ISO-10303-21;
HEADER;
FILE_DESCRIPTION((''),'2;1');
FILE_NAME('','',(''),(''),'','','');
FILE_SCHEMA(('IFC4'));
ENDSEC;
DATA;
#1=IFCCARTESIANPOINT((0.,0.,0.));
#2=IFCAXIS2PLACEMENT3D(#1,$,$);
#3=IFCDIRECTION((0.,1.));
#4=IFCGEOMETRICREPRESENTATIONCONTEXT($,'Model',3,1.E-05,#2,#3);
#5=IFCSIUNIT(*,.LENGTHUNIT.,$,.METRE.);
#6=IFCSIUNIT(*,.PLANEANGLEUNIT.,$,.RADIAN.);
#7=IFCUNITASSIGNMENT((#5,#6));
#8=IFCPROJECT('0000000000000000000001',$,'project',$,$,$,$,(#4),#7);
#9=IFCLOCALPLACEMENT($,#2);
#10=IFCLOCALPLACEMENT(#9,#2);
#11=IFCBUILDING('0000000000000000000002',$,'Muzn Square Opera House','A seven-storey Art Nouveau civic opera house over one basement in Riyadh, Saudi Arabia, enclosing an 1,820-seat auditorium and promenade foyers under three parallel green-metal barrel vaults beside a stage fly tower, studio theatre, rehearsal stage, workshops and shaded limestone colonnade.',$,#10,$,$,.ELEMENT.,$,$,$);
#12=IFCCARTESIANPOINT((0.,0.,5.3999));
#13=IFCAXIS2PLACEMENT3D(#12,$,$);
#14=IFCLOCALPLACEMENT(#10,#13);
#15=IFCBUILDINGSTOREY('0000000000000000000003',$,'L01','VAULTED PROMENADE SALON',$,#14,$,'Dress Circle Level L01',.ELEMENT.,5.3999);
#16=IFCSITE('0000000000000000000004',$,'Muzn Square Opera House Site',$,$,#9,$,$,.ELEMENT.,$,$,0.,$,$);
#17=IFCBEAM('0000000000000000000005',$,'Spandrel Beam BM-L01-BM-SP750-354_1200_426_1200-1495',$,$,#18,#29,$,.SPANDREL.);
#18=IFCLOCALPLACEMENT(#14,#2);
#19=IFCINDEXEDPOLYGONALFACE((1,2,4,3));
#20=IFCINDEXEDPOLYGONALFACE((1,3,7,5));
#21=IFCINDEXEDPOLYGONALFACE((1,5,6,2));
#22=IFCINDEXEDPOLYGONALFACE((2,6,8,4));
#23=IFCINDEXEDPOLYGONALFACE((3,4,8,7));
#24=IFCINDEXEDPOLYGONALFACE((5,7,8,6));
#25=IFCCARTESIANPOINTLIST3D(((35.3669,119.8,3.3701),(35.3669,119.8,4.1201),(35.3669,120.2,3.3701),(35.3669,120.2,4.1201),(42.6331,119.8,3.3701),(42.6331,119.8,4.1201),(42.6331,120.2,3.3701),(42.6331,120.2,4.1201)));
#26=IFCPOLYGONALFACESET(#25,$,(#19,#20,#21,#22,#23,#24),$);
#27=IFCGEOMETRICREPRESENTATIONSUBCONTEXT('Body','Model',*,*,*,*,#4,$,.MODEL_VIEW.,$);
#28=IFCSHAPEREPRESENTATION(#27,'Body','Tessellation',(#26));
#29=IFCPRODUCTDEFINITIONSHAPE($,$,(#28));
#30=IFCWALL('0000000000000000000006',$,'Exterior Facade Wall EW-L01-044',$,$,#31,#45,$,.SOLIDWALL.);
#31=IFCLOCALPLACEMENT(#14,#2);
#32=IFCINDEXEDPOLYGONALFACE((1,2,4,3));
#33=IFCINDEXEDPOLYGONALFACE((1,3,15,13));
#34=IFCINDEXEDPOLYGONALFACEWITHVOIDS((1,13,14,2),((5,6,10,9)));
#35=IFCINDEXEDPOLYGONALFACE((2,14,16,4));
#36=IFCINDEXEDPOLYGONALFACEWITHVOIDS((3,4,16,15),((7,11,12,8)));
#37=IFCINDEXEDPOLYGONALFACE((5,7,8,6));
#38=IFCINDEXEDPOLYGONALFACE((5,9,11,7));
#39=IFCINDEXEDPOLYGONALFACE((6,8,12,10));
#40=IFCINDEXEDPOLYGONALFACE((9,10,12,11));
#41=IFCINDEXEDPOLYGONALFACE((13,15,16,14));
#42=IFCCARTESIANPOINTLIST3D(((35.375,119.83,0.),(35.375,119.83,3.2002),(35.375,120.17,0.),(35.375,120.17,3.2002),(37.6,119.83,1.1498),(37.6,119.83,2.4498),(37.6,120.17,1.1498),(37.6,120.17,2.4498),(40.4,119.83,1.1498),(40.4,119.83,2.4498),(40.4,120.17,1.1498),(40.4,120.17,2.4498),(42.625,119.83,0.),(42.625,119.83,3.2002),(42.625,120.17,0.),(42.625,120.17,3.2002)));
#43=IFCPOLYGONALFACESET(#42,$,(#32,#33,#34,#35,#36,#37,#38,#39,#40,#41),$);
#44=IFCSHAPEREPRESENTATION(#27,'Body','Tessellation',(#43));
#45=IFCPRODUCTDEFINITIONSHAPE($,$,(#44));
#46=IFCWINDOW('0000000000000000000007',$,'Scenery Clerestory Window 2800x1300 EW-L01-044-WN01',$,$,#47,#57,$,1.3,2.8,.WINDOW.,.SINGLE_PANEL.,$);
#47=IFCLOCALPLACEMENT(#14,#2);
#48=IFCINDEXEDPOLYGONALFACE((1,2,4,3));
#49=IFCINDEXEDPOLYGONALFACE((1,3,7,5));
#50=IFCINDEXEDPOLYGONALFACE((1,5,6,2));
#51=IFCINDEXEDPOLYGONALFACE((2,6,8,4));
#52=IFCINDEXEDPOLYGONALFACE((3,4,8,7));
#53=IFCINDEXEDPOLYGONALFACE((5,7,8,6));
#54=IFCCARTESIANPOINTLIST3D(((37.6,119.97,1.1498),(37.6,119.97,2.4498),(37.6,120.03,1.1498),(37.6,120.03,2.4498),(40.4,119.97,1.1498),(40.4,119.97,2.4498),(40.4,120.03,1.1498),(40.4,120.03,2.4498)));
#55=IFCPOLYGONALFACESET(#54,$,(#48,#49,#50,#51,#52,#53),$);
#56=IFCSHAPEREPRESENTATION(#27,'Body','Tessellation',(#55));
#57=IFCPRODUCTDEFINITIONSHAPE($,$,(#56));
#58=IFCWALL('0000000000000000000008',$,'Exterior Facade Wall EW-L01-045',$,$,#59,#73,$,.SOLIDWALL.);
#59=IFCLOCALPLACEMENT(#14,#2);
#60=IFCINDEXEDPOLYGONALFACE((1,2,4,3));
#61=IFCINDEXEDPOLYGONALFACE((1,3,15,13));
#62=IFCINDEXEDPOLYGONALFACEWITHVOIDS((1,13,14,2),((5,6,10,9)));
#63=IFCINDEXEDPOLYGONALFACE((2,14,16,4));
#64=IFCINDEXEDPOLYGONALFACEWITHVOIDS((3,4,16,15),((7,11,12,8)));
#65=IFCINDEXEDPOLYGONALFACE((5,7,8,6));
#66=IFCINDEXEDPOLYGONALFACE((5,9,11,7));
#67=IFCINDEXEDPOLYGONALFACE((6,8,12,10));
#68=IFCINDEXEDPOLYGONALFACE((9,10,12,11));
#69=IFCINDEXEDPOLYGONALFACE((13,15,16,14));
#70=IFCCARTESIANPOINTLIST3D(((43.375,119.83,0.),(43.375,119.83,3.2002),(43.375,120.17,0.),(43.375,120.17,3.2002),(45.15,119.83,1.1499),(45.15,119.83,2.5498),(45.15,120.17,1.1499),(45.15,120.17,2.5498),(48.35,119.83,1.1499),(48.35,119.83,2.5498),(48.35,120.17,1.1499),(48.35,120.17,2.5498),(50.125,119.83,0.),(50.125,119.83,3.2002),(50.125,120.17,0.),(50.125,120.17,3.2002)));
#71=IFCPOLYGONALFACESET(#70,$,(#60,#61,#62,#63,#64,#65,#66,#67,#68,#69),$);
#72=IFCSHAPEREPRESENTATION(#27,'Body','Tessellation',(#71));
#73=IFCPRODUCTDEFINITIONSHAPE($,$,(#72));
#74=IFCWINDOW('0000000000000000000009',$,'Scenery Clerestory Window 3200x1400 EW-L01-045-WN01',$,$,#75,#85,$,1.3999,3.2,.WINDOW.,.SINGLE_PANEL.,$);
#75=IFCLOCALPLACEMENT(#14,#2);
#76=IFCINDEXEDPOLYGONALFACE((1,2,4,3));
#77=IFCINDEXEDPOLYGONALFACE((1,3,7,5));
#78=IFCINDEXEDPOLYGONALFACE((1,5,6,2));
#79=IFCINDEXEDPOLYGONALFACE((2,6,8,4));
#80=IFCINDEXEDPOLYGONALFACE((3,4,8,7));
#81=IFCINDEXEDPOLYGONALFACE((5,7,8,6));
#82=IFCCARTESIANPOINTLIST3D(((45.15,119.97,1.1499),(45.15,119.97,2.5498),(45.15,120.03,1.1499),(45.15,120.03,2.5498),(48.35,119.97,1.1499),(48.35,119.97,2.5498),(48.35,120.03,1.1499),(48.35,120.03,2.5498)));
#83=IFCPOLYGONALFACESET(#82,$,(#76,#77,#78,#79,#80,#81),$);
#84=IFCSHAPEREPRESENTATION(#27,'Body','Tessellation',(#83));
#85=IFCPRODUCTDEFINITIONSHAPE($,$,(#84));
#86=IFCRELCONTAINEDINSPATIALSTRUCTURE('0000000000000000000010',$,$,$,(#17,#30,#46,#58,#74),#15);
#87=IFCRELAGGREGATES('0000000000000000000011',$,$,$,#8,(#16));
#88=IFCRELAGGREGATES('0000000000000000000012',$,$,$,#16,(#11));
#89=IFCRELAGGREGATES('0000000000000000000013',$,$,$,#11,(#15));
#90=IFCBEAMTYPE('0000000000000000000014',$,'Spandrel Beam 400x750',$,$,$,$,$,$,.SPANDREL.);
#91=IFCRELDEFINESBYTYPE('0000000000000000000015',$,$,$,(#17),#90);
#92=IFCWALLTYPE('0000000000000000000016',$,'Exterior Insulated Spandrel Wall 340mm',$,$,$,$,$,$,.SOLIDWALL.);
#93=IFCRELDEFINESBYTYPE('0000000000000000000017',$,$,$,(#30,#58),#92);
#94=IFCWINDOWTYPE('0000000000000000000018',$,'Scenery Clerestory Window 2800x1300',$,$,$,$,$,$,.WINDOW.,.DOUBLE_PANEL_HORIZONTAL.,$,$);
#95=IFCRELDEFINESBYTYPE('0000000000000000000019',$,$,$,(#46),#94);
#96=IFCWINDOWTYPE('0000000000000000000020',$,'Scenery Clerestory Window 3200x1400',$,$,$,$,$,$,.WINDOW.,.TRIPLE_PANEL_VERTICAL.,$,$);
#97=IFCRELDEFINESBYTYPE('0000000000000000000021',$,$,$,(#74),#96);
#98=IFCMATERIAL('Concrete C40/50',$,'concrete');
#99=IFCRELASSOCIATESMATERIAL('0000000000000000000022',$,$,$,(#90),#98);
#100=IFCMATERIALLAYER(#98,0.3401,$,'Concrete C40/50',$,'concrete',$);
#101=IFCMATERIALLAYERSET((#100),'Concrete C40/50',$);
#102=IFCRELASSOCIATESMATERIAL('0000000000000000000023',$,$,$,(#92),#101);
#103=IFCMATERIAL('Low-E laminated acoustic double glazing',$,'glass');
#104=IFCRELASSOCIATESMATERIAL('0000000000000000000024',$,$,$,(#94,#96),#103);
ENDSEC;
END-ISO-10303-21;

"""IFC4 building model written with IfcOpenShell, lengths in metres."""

from ifc_helpers import new_model, si_unit, direction, frame, frame_2d, origin, origin_2d, place, context, subcontext, project, spatial, rectangle, extrude, material, layer, layer_set, material_profile, profile_set, type_object, element, fill, save


model = new_model("IFC4")

# Units and contexts
model_context = context("Model", 3, precision=1e-05, world=origin(), true_north=direction((0.0, 1.0)))
body_context = subcontext(model_context, "Body", "Model", "MODEL_VIEW")
ifc_project = project(units=[si_unit("LENGTHUNIT", "METRE"), si_unit("PLANEANGLEUNIT", "RADIAN")], contexts=[model_context])

# Site, building, storey
site_placement = place(None, origin())
site = spatial("IfcSite", under=ifc_project, at=site_placement, Name="Muzn Square Opera House Site", CompositionType="ELEMENT", RefElevation=0.0)
building_placement = place(site_placement, origin())
building = spatial("IfcBuilding", under=site, at=building_placement, Name="Muzn Square Opera House", Description="A seven-storey Art Nouveau civic opera house over one basement in Riyadh, Saudi Arabia, enclosing an 1,820-seat auditorium and promenade foyers under three parallel green-metal barrel vaults beside a stage fly tower, studio theatre, rehearsal stage, workshops and shaded limestone colonnade.", CompositionType="ELEMENT")
storey_placement = place(building_placement, frame((0.0, 0.0, 5.3999)))
storey = spatial("IfcBuildingStorey", under=building, at=storey_placement, Name="L01", Description="VAULTED PROMENADE SALON", LongName="Dress Circle Level L01", CompositionType="ELEMENT", Elevation=5.3999)

# Beam
ifc_material_1 = material(Name="Concrete C40/50", Category="concrete")
ifc_material_profile_1 = material_profile(ifc_material_1, rectangle(XDim=0.3999, YDim=0.75, at=origin_2d()), Name="RCS 400x750", Category="concrete")
ifc_profile_set_1 = profile_set([ifc_material_profile_1], Name="Concrete C40/50")
beam_type_1 = type_object("IfcBeamType", Name="Spandrel Beam 400x750", PredefinedType="SPANDREL", material=ifc_profile_set_1)
beam_1_placement = place(storey_placement, frame((35.3669, 120.0, 3.7451), z_axis=(1.0, 0.0, 0.0), x_axis=(0.0, 1.0, 0.0)))
element("IfcBeam", 1, at=beam_1_placement, inside=storey, type_object=beam_type_1, Name="Spandrel Beam BM-L01-BM-SP750-354_1200_426_1200-1495", PredefinedType="SPANDREL", context=body_context, shape_type="SweptSolid", body=[
    extrude(rectangle(XDim=0.3999, YDim=0.75, at=origin_2d()), origin(), (0.0, 0.0, 1.0), 7.2661),
])

# Walls, openings, windows
ifc_layer = layer(ifc_material_1, 0.3401, Name="Concrete C40/50", Category="concrete")
ifc_layer_set = layer_set([ifc_layer], Name="Concrete C40/50")
wall_type = type_object("IfcWallType", Name="Exterior Insulated Spandrel Wall 340mm", PredefinedType="SOLIDWALL", material=ifc_layer_set)
wall_1_placement = place(storey_placement, frame((35.375, 120.0, 0.0), z_axis=(0.0, 0.0, 1.0), x_axis=(1.0, 0.0, 0.0)))
wall_1 = element("IfcWall", 2, at=wall_1_placement, inside=storey, type_object=wall_type, Name="Exterior Facade Wall EW-L01-044", PredefinedType="SOLIDWALL", context=body_context, shape_type="SweptSolid", body=[
    extrude(rectangle(XDim=7.25, YDim=0.3401, at=frame_2d((3.625, 0.0))), origin(), (0.0, 0.0, 1.0), 3.2002),
])
opening_1_placement = place(wall_1_placement, frame((2.2251, 0.0, 1.1499)))
opening_1 = element("IfcOpeningElement", 3, at=opening_1_placement, cuts=wall_1, PredefinedType="OPENING", context=body_context, shape_type="SweptSolid", body=[
    extrude(rectangle(XDim=2.8, YDim=1.3, at=frame_2d((1.3999, 0.6499))), frame((0.0, 0.1799, 0.0), z_axis=(0.0, -1.0, 0.0), x_axis=(1.0, 0.0, 0.0)), (0.0, 0.0, 1.0), 0.3601),
])
ifc_material_2 = material(Name="Low-E laminated acoustic double glazing", Category="glass")
window_type_1 = type_object("IfcWindowType", Name="Scenery Clerestory Window 2800x1300", PartitioningType="DOUBLE_PANEL_HORIZONTAL", PredefinedType="WINDOW", material=ifc_material_2)
window_1_placement = place(opening_1_placement, origin())
window_1 = element("IfcWindow", 4, at=window_1_placement, inside=storey, type_object=window_type_1, Name="Scenery Clerestory Window 2800x1300 EW-L01-044-WN01", OverallHeight=1.3, OverallWidth=2.8, PartitioningType="SINGLE_PANEL", PredefinedType="WINDOW", context=body_context, shape_type="SweptSolid", body=[
    extrude(rectangle(XDim=2.8, YDim=1.3, at=frame_2d((1.3999, 0.6499))), frame((0.0, 0.03, 0.0), z_axis=(0.0, -1.0, 0.0), x_axis=(1.0, 0.0, 0.0)), (0.0, 0.0, 1.0), 0.0601),
])
fill(opening_1, window_1)
wall_2_placement = place(storey_placement, frame((43.375, 120.0, 0.0), z_axis=(0.0, 0.0, 1.0), x_axis=(1.0, 0.0, 0.0)))
wall_2 = element("IfcWall", 5, at=wall_2_placement, inside=storey, type_object=wall_type, Name="Exterior Facade Wall EW-L01-045", PredefinedType="SOLIDWALL", context=body_context, shape_type="SweptSolid", body=[
    extrude(rectangle(XDim=6.75, YDim=0.3401, at=frame_2d((3.375, 0.0))), origin(), (0.0, 0.0, 1.0), 3.2002),
])
opening_2_placement = place(wall_2_placement, frame((1.7749, 0.0, 1.1499)))
opening_2 = element("IfcOpeningElement", 6, at=opening_2_placement, cuts=wall_2, PredefinedType="OPENING", context=body_context, shape_type="SweptSolid", body=[
    extrude(rectangle(XDim=3.2, YDim=1.3999, at=frame_2d((1.6001, 0.7))), frame((0.0, 0.1799, 0.0), z_axis=(0.0, -1.0, 0.0), x_axis=(1.0, 0.0, 0.0)), (0.0, 0.0, 1.0), 0.3601),
])
window_type_2 = type_object("IfcWindowType", Name="Scenery Clerestory Window 3200x1400", PartitioningType="TRIPLE_PANEL_VERTICAL", PredefinedType="WINDOW", material=ifc_material_2)
window_2_placement = place(opening_2_placement, origin())
window_2 = element("IfcWindow", 7, at=window_2_placement, inside=storey, type_object=window_type_2, Name="Scenery Clerestory Window 3200x1400 EW-L01-045-WN01", OverallHeight=1.3999, OverallWidth=3.2, PartitioningType="SINGLE_PANEL", PredefinedType="WINDOW", context=body_context, shape_type="SweptSolid", body=[
    extrude(rectangle(XDim=3.2, YDim=1.3999, at=frame_2d((1.6001, 0.7))), frame((0.0, 0.03, 0.0), z_axis=(0.0, -1.0, 0.0), x_axis=(1.0, 0.0, 0.0)), (0.0, 0.0, 1.0), 0.0601),
])
fill(opening_2, window_2)

save(model, "model.ifc")
